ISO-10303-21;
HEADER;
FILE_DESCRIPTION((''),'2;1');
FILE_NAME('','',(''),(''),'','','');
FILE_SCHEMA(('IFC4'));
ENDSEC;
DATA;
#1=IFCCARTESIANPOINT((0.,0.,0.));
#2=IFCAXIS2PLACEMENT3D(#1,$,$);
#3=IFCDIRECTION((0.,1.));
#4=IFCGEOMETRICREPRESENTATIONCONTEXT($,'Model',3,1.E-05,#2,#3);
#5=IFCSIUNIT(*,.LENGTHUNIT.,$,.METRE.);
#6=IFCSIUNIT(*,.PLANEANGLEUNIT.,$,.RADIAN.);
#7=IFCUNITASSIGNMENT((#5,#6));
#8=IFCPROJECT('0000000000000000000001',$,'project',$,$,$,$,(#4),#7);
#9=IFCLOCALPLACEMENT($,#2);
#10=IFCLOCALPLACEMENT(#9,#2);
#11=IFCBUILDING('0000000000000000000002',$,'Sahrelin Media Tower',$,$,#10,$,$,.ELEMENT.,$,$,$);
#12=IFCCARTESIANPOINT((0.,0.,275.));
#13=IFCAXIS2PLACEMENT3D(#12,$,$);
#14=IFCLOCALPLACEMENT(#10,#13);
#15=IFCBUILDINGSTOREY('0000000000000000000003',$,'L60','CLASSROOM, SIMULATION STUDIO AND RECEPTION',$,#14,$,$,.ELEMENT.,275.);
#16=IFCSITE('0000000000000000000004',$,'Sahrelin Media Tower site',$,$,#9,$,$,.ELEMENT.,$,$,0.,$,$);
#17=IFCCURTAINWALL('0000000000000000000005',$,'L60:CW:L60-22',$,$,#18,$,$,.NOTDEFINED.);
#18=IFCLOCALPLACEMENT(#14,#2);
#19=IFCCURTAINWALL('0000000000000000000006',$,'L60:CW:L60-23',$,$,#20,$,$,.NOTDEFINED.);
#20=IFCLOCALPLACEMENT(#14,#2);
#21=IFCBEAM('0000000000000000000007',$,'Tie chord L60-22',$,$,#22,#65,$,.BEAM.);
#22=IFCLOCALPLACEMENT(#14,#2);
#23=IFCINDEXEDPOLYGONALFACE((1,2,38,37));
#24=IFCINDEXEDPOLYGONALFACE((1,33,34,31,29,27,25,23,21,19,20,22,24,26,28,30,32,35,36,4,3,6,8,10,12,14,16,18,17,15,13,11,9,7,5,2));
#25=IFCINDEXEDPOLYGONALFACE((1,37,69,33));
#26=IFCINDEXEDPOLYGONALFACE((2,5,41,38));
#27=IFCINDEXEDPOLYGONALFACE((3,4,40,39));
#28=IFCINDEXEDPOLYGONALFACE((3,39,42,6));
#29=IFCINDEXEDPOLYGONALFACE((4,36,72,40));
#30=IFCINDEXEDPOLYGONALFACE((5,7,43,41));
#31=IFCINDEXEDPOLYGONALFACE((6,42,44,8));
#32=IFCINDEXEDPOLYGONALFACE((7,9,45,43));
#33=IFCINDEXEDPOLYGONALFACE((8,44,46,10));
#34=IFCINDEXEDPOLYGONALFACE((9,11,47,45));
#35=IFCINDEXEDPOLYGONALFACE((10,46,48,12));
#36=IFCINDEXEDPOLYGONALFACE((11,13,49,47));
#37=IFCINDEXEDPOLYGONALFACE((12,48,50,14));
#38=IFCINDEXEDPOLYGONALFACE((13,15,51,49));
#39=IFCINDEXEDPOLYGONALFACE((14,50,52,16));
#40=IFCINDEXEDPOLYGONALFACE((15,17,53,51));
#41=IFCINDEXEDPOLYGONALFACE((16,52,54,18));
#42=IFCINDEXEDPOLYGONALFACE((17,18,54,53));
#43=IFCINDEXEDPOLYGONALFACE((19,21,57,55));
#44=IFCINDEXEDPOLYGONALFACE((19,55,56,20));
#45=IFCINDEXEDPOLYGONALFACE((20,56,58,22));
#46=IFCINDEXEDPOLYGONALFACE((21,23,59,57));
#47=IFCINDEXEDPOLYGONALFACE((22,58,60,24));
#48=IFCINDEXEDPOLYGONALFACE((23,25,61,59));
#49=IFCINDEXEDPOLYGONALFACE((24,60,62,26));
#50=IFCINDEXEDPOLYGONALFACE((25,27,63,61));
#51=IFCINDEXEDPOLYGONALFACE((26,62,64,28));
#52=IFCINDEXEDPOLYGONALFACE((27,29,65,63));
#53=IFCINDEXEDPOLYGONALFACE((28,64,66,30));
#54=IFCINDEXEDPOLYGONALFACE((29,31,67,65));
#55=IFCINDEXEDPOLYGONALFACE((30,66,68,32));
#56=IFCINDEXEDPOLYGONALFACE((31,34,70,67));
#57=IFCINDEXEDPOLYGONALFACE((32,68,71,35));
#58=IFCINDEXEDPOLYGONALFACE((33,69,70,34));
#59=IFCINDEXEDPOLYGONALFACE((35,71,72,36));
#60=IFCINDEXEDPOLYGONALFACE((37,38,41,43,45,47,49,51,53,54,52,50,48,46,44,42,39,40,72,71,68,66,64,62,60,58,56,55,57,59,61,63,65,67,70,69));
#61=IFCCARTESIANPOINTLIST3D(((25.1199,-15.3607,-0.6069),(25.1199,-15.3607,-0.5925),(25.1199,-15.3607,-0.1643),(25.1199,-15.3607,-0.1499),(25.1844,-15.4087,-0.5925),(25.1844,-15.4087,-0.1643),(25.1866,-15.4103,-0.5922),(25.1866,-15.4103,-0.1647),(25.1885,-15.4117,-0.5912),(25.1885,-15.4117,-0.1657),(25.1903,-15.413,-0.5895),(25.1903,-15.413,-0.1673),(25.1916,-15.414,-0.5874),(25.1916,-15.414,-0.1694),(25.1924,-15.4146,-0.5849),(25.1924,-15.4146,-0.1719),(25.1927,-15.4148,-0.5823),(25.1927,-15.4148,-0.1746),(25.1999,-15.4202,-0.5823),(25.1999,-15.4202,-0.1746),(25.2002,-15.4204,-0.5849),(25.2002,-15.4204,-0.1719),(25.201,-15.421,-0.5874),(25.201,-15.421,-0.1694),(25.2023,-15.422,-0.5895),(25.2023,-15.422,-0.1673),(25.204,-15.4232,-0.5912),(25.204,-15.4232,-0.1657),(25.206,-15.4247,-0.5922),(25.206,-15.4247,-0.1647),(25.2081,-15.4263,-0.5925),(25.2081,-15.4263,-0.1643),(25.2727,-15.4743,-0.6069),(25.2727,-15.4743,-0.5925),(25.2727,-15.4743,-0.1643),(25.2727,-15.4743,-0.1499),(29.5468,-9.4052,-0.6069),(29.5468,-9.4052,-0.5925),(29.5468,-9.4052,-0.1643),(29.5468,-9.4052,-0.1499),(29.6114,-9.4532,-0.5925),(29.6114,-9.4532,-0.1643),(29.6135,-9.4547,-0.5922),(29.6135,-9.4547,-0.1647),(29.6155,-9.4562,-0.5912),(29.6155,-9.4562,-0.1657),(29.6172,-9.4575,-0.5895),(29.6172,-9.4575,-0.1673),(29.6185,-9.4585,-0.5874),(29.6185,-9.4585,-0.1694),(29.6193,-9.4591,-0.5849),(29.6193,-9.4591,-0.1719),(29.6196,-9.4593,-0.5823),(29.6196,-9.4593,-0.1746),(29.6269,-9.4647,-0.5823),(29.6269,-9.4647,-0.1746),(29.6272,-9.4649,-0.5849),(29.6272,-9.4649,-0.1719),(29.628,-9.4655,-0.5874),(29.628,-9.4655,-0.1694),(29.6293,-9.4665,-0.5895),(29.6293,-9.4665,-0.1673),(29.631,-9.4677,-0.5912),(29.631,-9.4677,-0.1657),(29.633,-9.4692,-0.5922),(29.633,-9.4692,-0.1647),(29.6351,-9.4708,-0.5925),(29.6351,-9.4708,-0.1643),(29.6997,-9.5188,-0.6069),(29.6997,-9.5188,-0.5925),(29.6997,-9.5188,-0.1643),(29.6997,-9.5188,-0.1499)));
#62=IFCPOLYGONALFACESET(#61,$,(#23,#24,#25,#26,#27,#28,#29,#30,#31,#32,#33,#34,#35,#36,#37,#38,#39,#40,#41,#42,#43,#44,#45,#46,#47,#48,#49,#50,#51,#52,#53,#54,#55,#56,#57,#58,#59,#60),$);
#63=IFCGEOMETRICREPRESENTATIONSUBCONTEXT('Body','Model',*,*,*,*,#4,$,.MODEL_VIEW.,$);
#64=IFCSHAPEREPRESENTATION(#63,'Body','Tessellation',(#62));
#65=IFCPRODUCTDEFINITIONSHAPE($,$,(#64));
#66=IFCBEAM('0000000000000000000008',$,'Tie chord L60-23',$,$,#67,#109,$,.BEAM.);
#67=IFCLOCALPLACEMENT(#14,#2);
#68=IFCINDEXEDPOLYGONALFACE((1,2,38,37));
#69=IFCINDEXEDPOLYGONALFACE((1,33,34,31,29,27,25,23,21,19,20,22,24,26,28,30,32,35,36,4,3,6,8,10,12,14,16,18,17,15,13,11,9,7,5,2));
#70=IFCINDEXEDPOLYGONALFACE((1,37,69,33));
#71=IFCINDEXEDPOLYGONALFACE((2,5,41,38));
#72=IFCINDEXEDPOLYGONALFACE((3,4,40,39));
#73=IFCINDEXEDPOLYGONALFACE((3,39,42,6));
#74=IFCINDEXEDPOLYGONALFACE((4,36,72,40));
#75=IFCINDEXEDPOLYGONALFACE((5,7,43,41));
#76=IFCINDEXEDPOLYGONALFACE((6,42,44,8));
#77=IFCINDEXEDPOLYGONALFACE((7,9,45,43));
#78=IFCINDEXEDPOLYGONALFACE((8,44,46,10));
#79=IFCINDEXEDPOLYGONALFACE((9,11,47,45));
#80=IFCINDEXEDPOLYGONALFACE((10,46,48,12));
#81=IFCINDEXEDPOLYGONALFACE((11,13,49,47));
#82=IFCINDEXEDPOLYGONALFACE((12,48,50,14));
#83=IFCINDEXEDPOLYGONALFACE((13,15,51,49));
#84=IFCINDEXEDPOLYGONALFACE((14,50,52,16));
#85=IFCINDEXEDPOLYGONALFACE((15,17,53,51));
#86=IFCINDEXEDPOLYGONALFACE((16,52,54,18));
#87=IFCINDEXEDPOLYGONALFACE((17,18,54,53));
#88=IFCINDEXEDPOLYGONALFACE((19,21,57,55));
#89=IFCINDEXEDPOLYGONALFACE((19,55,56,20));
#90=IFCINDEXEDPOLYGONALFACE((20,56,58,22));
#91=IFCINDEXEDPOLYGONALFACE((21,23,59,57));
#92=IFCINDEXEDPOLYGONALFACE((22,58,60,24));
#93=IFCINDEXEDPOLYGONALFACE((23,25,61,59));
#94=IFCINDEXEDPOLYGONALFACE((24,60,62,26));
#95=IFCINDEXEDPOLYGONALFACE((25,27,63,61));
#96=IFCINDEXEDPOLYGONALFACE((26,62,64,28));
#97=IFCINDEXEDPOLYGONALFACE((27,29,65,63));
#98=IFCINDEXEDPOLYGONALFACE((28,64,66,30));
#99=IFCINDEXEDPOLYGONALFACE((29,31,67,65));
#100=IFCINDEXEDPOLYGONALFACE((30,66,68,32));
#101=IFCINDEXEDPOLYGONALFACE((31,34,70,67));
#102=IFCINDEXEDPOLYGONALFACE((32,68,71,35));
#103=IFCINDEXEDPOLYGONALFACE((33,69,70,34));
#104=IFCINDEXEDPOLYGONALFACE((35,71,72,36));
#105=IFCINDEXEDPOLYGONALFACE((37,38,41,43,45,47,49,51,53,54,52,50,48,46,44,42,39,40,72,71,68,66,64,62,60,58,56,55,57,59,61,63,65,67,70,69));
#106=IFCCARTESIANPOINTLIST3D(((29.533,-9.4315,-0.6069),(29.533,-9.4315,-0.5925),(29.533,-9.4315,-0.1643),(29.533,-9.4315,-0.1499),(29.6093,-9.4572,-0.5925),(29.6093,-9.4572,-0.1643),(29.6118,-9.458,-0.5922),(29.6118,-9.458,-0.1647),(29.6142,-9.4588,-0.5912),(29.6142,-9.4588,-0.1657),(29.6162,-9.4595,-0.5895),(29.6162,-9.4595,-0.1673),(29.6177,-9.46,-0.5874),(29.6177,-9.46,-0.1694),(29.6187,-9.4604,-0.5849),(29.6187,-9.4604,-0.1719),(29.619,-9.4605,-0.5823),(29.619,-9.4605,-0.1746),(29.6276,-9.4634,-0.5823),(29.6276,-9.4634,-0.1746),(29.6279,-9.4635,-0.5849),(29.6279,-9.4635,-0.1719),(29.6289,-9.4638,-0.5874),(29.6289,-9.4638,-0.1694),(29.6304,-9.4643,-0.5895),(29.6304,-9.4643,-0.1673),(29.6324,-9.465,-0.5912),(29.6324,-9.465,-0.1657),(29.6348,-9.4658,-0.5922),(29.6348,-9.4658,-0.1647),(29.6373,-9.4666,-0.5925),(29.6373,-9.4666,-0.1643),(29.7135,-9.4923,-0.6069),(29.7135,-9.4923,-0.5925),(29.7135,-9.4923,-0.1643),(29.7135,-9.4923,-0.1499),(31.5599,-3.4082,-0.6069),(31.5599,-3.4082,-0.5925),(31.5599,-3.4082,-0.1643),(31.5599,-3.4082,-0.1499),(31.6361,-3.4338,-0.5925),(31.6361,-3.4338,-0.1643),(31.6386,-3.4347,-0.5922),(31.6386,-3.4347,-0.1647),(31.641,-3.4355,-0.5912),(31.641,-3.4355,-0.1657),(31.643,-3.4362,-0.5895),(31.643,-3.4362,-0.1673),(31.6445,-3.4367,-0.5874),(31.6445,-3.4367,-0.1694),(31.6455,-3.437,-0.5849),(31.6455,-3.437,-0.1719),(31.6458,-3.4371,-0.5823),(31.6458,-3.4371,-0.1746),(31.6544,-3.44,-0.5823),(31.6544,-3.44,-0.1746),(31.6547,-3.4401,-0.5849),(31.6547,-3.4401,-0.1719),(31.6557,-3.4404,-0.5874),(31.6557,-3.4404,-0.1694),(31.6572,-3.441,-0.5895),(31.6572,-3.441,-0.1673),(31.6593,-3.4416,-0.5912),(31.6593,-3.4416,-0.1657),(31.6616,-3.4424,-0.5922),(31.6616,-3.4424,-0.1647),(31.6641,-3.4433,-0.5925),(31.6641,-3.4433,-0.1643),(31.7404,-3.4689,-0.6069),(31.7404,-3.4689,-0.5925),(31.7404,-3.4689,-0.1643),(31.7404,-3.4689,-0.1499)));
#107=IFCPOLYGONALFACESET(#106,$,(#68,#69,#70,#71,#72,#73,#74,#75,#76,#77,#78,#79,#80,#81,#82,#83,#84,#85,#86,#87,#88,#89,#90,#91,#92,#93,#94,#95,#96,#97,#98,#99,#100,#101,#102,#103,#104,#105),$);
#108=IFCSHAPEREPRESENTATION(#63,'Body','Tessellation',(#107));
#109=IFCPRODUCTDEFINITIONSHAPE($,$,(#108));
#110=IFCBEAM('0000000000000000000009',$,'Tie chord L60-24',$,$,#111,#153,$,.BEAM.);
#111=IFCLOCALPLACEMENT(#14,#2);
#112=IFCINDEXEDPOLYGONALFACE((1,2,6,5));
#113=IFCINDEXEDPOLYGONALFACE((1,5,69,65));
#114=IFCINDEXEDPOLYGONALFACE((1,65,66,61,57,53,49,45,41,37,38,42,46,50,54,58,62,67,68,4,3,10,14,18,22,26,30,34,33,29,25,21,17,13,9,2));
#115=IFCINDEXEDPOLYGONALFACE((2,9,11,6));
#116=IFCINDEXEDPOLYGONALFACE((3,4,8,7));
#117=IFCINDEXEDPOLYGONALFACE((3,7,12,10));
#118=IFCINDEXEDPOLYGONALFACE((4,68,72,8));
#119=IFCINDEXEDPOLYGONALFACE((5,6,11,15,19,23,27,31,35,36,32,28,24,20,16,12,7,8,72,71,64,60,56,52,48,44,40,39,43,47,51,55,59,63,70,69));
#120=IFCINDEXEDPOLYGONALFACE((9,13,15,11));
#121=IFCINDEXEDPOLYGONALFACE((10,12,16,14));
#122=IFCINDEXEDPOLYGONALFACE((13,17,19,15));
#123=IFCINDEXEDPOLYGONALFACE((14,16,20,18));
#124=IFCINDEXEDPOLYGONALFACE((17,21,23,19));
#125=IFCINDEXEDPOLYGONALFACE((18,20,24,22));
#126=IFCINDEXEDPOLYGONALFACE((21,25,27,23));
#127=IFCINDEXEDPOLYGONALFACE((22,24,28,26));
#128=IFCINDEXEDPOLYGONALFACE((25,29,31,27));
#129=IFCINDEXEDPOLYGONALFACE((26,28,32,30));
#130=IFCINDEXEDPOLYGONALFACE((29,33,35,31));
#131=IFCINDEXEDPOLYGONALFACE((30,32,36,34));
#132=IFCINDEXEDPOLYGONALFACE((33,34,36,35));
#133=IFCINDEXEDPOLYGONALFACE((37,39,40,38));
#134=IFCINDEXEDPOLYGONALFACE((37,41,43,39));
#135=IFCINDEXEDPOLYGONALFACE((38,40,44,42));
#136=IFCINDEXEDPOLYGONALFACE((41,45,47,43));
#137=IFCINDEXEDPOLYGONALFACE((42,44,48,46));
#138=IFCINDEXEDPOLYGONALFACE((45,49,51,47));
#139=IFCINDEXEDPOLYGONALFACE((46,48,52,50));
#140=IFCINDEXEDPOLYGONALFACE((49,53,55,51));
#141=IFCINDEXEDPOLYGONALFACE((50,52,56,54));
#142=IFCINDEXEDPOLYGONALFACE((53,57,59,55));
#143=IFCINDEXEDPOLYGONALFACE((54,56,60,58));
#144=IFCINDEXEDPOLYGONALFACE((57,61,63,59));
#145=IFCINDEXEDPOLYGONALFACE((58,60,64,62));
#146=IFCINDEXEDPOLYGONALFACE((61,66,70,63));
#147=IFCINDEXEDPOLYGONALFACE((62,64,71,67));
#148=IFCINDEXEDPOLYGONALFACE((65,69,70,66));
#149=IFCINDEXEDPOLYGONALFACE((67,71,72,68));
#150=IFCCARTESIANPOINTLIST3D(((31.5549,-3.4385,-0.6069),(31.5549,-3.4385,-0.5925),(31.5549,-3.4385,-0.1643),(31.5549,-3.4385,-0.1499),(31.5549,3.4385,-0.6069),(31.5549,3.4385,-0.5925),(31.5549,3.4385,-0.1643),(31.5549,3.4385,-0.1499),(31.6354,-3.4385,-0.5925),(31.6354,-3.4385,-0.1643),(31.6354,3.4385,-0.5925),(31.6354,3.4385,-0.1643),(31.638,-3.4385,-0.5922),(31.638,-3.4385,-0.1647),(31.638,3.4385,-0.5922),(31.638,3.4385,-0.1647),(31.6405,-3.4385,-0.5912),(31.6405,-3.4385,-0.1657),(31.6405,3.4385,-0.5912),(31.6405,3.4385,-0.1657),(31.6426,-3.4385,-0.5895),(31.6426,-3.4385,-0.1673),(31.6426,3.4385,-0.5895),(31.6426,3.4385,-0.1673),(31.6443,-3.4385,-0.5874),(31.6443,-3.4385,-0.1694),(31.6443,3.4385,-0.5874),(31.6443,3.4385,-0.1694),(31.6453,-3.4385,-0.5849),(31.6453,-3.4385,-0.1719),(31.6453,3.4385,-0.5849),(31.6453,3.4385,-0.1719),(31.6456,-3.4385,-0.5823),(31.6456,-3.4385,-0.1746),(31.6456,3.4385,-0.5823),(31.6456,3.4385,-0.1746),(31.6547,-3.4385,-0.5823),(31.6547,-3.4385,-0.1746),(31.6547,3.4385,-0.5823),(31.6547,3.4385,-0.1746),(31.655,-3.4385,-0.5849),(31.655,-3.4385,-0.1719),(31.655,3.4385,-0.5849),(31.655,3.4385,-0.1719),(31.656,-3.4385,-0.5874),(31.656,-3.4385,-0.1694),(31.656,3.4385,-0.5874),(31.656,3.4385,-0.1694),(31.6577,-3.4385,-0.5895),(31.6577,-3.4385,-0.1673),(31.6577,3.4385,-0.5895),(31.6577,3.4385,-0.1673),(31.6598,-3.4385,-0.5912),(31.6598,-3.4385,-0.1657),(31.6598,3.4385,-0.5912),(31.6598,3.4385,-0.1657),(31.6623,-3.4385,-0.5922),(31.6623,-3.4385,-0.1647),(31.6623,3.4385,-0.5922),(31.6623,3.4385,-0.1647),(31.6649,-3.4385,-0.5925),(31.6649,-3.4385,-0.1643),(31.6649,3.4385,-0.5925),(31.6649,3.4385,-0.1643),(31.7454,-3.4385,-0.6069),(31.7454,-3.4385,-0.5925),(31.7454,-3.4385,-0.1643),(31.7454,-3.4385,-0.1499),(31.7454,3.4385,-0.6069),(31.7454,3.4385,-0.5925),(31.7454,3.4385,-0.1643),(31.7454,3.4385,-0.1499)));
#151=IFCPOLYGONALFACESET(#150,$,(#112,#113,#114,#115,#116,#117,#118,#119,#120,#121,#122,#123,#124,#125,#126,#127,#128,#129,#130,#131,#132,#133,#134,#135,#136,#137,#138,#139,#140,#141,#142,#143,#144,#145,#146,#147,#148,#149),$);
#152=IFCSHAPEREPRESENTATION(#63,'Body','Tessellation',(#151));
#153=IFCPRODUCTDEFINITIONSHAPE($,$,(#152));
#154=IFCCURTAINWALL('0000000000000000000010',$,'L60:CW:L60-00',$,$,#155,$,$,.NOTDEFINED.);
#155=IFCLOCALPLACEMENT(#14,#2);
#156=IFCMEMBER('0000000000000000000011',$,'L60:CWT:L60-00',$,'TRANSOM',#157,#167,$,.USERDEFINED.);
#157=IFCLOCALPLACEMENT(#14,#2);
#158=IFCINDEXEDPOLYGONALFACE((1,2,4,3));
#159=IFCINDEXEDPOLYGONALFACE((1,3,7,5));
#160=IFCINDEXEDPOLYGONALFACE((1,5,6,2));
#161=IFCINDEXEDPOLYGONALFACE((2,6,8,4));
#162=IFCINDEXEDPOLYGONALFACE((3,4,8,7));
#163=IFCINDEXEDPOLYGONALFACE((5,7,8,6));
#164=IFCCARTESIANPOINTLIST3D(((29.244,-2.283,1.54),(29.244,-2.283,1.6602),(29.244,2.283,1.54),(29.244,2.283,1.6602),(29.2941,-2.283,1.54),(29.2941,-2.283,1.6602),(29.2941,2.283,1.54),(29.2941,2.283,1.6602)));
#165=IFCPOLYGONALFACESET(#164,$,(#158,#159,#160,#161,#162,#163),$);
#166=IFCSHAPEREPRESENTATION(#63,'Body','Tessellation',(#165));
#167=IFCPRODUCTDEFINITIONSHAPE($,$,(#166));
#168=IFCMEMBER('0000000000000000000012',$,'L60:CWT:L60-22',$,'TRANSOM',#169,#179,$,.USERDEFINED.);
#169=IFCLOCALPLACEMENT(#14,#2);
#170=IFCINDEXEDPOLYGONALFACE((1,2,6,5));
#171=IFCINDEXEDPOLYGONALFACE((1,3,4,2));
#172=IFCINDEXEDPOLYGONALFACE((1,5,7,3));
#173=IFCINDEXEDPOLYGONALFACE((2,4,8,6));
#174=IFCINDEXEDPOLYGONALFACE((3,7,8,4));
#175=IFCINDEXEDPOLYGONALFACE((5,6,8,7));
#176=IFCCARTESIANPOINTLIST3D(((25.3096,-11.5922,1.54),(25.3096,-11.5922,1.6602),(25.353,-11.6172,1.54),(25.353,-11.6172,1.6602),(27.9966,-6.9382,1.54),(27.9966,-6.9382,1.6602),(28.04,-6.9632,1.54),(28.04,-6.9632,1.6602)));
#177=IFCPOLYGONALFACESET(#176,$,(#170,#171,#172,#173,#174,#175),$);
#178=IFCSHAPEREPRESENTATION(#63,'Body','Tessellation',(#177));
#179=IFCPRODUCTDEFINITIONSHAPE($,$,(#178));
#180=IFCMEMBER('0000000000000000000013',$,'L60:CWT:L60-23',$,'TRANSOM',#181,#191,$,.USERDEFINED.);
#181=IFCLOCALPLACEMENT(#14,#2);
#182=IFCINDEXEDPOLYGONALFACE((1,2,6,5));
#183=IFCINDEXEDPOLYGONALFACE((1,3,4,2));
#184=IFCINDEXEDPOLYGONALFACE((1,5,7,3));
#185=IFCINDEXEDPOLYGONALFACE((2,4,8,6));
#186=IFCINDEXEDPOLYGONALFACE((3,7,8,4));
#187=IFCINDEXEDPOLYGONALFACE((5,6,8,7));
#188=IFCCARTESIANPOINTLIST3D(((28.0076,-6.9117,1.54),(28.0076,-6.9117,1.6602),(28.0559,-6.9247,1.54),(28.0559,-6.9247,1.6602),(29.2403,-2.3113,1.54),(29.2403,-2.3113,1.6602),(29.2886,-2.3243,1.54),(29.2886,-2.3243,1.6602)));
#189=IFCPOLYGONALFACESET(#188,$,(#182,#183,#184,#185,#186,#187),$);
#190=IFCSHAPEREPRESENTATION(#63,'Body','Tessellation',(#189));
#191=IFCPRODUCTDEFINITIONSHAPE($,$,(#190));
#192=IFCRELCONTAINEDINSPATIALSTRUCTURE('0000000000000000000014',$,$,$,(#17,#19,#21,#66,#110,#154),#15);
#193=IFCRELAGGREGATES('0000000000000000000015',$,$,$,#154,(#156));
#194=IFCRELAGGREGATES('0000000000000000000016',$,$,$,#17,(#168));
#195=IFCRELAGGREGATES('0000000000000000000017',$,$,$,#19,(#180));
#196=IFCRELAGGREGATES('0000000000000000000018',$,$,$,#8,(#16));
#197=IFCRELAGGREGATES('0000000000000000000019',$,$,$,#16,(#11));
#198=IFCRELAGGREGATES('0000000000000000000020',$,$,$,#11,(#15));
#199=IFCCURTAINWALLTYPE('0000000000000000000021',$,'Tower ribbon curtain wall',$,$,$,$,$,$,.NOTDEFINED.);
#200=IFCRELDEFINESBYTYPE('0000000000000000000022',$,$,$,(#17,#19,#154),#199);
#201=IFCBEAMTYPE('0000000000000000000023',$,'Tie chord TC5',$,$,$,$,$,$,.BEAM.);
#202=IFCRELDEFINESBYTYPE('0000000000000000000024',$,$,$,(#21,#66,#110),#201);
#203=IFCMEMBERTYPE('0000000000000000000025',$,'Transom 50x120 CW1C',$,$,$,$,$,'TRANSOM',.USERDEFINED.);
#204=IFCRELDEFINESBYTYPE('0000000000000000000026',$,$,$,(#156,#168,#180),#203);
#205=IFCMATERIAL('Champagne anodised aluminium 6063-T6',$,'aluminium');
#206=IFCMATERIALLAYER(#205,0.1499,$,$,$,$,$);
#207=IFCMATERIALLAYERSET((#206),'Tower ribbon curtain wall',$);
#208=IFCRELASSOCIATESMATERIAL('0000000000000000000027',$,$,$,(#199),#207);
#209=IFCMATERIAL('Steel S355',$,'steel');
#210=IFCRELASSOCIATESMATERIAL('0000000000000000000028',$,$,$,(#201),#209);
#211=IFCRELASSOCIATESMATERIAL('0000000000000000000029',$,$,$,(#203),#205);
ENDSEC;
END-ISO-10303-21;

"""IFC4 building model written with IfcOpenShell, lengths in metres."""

from ifc_helpers import new_model, si_unit, direction, frame, origin, origin_2d, place, context, subcontext, project, spatial, rectangle, i_section, extrude, material, layer, layer_set, material_profile, profile_set, type_object, element, aggregate, save


model = new_model("IFC4")

# Units and contexts
model_context = context("Model", 3, precision=1e-05, world=origin(), true_north=direction((0.0, 1.0)))
body_context = subcontext(model_context, "Body", "Model", "MODEL_VIEW")
ifc_project = project(units=[si_unit("LENGTHUNIT", "METRE"), si_unit("PLANEANGLEUNIT", "RADIAN")], contexts=[model_context])

# Site, building, storey
site_placement = place(None, origin())
site = spatial("IfcSite", under=ifc_project, at=site_placement, Name="Sahrelin Media Tower site", CompositionType="ELEMENT", RefElevation=0.0)
building_placement = place(site_placement, origin())
building = spatial("IfcBuilding", under=site, at=building_placement, Name="Sahrelin Media Tower", CompositionType="ELEMENT")
storey_placement = place(building_placement, frame((0.0, 0.0, 275.0)))
storey = spatial("IfcBuildingStorey", under=building, at=storey_placement, Name="L60", Description="CLASSROOM, SIMULATION STUDIO AND RECEPTION", CompositionType="ELEMENT", Elevation=275.0)

# Shared definitions
ifc_material_1 = material(Name="Steel S355", Category="steel")

# Curtain walls
ifc_material_2 = material(Name="Champagne anodised aluminium 6063-T6", Category="aluminium")
ifc_layer_1 = layer(ifc_material_2, 0.1499)
ifc_layer_set_1 = layer_set([ifc_layer_1], Name="Tower ribbon curtain wall")
curtain_wall_type = type_object("IfcCurtainWallType", Name="Tower ribbon curtain wall", PredefinedType="NOTDEFINED", material=ifc_layer_set_1)
curtain_wall_1_placement = place(storey_placement, frame((26.887, -9.4001, 0.0), z_axis=(0.0, 0.0, 1.0), x_axis=(1.0, 0.0, 0.0)))
curtain_wall_1 = element("IfcCurtainWall", 1, at=curtain_wall_1_placement, inside=storey, type_object=curtain_wall_type, Name="L60:CW:L60-22", PredefinedType="NOTDEFINED")
curtain_wall_2_placement = place(storey_placement, frame((28.8848, -4.6814, 0.0), z_axis=(0.0, 0.0, 1.0), x_axis=(1.0, 0.0, 0.0)))
curtain_wall_2 = element("IfcCurtainWall", 2, at=curtain_wall_2_placement, inside=storey, type_object=curtain_wall_type, Name="L60:CW:L60-23", PredefinedType="NOTDEFINED")

# Beams
ifc_material_profile_1 = material_profile(ifc_material_1, i_section(OverallWidth=0.1904, OverallDepth=0.457, WebThickness=0.009, FlangeThickness=0.0144, FilletRadius=0.0103, at=origin_2d()), Name="UB 457x191x74")
ifc_profile_set_1 = profile_set([ifc_material_profile_1], Name="Steel S355")
beam_type_1 = type_object("IfcBeamType", Name="Tie chord TC5", PredefinedType="BEAM", material=ifc_profile_set_1)
beam_1_placement = place(storey_placement, frame((25.1963, -15.4175, -0.3784), z_axis=(0.596573, 0.802559, 0.0), x_axis=(-0.802559, 0.596573, 0.0)))
element("IfcBeam", 3, at=beam_1_placement, inside=storey, type_object=beam_type_1, Name="Tie chord L60-22", PredefinedType="BEAM", context=body_context, shape_type="SweptSolid", body=[
    extrude(i_section(OverallWidth=0.1904, OverallDepth=0.457, WebThickness=0.009, FlangeThickness=0.0144, FilletRadius=0.0103, at=origin_2d()), origin(), (0.0, 0.0, 1.0), 7.4207),
])
beam_2_placement = place(storey_placement, frame((29.6233, -9.4619, -0.3784), z_axis=(0.318923, 0.947781, 0.0), x_axis=(-0.947781, 0.318923, 0.0)))
element("IfcBeam", 4, at=beam_2_placement, inside=storey, type_object=beam_type_1, Name="Tie chord L60-23", PredefinedType="BEAM", context=body_context, shape_type="SweptSolid", body=[
    extrude(i_section(OverallWidth=0.1904, OverallDepth=0.457, WebThickness=0.009, FlangeThickness=0.0144, FilletRadius=0.0103, at=origin_2d()), origin(), (0.0, 0.0, 1.0), 6.3552),
])
beam_3_placement = place(storey_placement, frame((31.6501, -3.4385, -0.3784), z_axis=(0.0, 1.0, 0.0), x_axis=(-1.0, 0.0, 0.0)))
element("IfcBeam", 5, at=beam_3_placement, inside=storey, type_object=beam_type_1, Name="Tie chord L60-24", PredefinedType="BEAM", context=body_context, shape_type="SweptSolid", body=[
    extrude(i_section(OverallWidth=0.1904, OverallDepth=0.457, WebThickness=0.009, FlangeThickness=0.0144, FilletRadius=0.0103, at=origin_2d()), origin(), (0.0, 0.0, 1.0), 6.877),
])

# Curtain wall, member
curtain_wall_3_placement = place(storey_placement, frame((29.5139, 0.0, 0.0), z_axis=(0.0, 0.0, 1.0), x_axis=(1.0, 0.0, 0.0)))
curtain_wall_3 = element("IfcCurtainWall", 6, at=curtain_wall_3_placement, inside=storey, type_object=curtain_wall_type, Name="L60:CW:L60-00", PredefinedType="NOTDEFINED")
ifc_material_profile_2 = material_profile(ifc_material_2, rectangle(XDim=0.05, YDim=0.1201, at=origin_2d()), Name="Transom 50x120")
ifc_profile_set_2 = profile_set([ifc_material_profile_2], Name="Champagne anodised aluminium 6063-T6")
member_type_1 = type_object("IfcMemberType", Name="Transom 50x120 CW1C", ElementType="TRANSOM", PredefinedType="USERDEFINED", material=ifc_profile_set_2)
member_1_placement = place(storey_placement, frame((29.269, -2.283, 1.6001), z_axis=(0.0, 1.0, 0.0), x_axis=(-1.0, 0.0, 0.0)))
member_1 = element("IfcMember", 7, at=member_1_placement, type_object=member_type_1, Name="L60:CWT:L60-00", ObjectType="TRANSOM", PredefinedType="USERDEFINED", context=body_context, shape_type="SweptSolid", body=[
    extrude(rectangle(XDim=0.05, YDim=0.1201, at=origin_2d()), origin(), (0.0, 0.0, 1.0), 4.5659),
])

# Members
member_2_placement = place(storey_placement, frame((25.3313, -11.6047, 1.6001), z_axis=(0.499999, 0.866026, 0.0), x_axis=(-0.866026, 0.499999, 0.0)))
member_2 = element("IfcMember", 8, at=member_2_placement, type_object=member_type_1, Name="L60:CWT:L60-22", ObjectType="TRANSOM", PredefinedType="USERDEFINED", context=body_context, shape_type="SweptSolid", body=[
    extrude(rectangle(XDim=0.05, YDim=0.1201, at=origin_2d()), origin(), (0.0, 0.0, 1.0), 5.374),
])
member_3_placement = place(storey_placement, frame((28.0317, -6.9182, 1.6001), z_axis=(0.258821, 0.965925, 0.0), x_axis=(-0.965925, 0.258821, 0.0)))
member_3 = element("IfcMember", 9, at=member_3_placement, type_object=member_type_1, Name="L60:CWT:L60-23", ObjectType="TRANSOM", PredefinedType="USERDEFINED", context=body_context, shape_type="SweptSolid", body=[
    extrude(rectangle(XDim=0.05, YDim=0.1201, at=origin_2d()), origin(), (0.0, 0.0, 1.0), 4.7627),
])

aggregate(curtain_wall_3, [member_1])
aggregate(curtain_wall_1, [member_2])
aggregate(curtain_wall_2, [member_3])

save(model, "model.ifc")
